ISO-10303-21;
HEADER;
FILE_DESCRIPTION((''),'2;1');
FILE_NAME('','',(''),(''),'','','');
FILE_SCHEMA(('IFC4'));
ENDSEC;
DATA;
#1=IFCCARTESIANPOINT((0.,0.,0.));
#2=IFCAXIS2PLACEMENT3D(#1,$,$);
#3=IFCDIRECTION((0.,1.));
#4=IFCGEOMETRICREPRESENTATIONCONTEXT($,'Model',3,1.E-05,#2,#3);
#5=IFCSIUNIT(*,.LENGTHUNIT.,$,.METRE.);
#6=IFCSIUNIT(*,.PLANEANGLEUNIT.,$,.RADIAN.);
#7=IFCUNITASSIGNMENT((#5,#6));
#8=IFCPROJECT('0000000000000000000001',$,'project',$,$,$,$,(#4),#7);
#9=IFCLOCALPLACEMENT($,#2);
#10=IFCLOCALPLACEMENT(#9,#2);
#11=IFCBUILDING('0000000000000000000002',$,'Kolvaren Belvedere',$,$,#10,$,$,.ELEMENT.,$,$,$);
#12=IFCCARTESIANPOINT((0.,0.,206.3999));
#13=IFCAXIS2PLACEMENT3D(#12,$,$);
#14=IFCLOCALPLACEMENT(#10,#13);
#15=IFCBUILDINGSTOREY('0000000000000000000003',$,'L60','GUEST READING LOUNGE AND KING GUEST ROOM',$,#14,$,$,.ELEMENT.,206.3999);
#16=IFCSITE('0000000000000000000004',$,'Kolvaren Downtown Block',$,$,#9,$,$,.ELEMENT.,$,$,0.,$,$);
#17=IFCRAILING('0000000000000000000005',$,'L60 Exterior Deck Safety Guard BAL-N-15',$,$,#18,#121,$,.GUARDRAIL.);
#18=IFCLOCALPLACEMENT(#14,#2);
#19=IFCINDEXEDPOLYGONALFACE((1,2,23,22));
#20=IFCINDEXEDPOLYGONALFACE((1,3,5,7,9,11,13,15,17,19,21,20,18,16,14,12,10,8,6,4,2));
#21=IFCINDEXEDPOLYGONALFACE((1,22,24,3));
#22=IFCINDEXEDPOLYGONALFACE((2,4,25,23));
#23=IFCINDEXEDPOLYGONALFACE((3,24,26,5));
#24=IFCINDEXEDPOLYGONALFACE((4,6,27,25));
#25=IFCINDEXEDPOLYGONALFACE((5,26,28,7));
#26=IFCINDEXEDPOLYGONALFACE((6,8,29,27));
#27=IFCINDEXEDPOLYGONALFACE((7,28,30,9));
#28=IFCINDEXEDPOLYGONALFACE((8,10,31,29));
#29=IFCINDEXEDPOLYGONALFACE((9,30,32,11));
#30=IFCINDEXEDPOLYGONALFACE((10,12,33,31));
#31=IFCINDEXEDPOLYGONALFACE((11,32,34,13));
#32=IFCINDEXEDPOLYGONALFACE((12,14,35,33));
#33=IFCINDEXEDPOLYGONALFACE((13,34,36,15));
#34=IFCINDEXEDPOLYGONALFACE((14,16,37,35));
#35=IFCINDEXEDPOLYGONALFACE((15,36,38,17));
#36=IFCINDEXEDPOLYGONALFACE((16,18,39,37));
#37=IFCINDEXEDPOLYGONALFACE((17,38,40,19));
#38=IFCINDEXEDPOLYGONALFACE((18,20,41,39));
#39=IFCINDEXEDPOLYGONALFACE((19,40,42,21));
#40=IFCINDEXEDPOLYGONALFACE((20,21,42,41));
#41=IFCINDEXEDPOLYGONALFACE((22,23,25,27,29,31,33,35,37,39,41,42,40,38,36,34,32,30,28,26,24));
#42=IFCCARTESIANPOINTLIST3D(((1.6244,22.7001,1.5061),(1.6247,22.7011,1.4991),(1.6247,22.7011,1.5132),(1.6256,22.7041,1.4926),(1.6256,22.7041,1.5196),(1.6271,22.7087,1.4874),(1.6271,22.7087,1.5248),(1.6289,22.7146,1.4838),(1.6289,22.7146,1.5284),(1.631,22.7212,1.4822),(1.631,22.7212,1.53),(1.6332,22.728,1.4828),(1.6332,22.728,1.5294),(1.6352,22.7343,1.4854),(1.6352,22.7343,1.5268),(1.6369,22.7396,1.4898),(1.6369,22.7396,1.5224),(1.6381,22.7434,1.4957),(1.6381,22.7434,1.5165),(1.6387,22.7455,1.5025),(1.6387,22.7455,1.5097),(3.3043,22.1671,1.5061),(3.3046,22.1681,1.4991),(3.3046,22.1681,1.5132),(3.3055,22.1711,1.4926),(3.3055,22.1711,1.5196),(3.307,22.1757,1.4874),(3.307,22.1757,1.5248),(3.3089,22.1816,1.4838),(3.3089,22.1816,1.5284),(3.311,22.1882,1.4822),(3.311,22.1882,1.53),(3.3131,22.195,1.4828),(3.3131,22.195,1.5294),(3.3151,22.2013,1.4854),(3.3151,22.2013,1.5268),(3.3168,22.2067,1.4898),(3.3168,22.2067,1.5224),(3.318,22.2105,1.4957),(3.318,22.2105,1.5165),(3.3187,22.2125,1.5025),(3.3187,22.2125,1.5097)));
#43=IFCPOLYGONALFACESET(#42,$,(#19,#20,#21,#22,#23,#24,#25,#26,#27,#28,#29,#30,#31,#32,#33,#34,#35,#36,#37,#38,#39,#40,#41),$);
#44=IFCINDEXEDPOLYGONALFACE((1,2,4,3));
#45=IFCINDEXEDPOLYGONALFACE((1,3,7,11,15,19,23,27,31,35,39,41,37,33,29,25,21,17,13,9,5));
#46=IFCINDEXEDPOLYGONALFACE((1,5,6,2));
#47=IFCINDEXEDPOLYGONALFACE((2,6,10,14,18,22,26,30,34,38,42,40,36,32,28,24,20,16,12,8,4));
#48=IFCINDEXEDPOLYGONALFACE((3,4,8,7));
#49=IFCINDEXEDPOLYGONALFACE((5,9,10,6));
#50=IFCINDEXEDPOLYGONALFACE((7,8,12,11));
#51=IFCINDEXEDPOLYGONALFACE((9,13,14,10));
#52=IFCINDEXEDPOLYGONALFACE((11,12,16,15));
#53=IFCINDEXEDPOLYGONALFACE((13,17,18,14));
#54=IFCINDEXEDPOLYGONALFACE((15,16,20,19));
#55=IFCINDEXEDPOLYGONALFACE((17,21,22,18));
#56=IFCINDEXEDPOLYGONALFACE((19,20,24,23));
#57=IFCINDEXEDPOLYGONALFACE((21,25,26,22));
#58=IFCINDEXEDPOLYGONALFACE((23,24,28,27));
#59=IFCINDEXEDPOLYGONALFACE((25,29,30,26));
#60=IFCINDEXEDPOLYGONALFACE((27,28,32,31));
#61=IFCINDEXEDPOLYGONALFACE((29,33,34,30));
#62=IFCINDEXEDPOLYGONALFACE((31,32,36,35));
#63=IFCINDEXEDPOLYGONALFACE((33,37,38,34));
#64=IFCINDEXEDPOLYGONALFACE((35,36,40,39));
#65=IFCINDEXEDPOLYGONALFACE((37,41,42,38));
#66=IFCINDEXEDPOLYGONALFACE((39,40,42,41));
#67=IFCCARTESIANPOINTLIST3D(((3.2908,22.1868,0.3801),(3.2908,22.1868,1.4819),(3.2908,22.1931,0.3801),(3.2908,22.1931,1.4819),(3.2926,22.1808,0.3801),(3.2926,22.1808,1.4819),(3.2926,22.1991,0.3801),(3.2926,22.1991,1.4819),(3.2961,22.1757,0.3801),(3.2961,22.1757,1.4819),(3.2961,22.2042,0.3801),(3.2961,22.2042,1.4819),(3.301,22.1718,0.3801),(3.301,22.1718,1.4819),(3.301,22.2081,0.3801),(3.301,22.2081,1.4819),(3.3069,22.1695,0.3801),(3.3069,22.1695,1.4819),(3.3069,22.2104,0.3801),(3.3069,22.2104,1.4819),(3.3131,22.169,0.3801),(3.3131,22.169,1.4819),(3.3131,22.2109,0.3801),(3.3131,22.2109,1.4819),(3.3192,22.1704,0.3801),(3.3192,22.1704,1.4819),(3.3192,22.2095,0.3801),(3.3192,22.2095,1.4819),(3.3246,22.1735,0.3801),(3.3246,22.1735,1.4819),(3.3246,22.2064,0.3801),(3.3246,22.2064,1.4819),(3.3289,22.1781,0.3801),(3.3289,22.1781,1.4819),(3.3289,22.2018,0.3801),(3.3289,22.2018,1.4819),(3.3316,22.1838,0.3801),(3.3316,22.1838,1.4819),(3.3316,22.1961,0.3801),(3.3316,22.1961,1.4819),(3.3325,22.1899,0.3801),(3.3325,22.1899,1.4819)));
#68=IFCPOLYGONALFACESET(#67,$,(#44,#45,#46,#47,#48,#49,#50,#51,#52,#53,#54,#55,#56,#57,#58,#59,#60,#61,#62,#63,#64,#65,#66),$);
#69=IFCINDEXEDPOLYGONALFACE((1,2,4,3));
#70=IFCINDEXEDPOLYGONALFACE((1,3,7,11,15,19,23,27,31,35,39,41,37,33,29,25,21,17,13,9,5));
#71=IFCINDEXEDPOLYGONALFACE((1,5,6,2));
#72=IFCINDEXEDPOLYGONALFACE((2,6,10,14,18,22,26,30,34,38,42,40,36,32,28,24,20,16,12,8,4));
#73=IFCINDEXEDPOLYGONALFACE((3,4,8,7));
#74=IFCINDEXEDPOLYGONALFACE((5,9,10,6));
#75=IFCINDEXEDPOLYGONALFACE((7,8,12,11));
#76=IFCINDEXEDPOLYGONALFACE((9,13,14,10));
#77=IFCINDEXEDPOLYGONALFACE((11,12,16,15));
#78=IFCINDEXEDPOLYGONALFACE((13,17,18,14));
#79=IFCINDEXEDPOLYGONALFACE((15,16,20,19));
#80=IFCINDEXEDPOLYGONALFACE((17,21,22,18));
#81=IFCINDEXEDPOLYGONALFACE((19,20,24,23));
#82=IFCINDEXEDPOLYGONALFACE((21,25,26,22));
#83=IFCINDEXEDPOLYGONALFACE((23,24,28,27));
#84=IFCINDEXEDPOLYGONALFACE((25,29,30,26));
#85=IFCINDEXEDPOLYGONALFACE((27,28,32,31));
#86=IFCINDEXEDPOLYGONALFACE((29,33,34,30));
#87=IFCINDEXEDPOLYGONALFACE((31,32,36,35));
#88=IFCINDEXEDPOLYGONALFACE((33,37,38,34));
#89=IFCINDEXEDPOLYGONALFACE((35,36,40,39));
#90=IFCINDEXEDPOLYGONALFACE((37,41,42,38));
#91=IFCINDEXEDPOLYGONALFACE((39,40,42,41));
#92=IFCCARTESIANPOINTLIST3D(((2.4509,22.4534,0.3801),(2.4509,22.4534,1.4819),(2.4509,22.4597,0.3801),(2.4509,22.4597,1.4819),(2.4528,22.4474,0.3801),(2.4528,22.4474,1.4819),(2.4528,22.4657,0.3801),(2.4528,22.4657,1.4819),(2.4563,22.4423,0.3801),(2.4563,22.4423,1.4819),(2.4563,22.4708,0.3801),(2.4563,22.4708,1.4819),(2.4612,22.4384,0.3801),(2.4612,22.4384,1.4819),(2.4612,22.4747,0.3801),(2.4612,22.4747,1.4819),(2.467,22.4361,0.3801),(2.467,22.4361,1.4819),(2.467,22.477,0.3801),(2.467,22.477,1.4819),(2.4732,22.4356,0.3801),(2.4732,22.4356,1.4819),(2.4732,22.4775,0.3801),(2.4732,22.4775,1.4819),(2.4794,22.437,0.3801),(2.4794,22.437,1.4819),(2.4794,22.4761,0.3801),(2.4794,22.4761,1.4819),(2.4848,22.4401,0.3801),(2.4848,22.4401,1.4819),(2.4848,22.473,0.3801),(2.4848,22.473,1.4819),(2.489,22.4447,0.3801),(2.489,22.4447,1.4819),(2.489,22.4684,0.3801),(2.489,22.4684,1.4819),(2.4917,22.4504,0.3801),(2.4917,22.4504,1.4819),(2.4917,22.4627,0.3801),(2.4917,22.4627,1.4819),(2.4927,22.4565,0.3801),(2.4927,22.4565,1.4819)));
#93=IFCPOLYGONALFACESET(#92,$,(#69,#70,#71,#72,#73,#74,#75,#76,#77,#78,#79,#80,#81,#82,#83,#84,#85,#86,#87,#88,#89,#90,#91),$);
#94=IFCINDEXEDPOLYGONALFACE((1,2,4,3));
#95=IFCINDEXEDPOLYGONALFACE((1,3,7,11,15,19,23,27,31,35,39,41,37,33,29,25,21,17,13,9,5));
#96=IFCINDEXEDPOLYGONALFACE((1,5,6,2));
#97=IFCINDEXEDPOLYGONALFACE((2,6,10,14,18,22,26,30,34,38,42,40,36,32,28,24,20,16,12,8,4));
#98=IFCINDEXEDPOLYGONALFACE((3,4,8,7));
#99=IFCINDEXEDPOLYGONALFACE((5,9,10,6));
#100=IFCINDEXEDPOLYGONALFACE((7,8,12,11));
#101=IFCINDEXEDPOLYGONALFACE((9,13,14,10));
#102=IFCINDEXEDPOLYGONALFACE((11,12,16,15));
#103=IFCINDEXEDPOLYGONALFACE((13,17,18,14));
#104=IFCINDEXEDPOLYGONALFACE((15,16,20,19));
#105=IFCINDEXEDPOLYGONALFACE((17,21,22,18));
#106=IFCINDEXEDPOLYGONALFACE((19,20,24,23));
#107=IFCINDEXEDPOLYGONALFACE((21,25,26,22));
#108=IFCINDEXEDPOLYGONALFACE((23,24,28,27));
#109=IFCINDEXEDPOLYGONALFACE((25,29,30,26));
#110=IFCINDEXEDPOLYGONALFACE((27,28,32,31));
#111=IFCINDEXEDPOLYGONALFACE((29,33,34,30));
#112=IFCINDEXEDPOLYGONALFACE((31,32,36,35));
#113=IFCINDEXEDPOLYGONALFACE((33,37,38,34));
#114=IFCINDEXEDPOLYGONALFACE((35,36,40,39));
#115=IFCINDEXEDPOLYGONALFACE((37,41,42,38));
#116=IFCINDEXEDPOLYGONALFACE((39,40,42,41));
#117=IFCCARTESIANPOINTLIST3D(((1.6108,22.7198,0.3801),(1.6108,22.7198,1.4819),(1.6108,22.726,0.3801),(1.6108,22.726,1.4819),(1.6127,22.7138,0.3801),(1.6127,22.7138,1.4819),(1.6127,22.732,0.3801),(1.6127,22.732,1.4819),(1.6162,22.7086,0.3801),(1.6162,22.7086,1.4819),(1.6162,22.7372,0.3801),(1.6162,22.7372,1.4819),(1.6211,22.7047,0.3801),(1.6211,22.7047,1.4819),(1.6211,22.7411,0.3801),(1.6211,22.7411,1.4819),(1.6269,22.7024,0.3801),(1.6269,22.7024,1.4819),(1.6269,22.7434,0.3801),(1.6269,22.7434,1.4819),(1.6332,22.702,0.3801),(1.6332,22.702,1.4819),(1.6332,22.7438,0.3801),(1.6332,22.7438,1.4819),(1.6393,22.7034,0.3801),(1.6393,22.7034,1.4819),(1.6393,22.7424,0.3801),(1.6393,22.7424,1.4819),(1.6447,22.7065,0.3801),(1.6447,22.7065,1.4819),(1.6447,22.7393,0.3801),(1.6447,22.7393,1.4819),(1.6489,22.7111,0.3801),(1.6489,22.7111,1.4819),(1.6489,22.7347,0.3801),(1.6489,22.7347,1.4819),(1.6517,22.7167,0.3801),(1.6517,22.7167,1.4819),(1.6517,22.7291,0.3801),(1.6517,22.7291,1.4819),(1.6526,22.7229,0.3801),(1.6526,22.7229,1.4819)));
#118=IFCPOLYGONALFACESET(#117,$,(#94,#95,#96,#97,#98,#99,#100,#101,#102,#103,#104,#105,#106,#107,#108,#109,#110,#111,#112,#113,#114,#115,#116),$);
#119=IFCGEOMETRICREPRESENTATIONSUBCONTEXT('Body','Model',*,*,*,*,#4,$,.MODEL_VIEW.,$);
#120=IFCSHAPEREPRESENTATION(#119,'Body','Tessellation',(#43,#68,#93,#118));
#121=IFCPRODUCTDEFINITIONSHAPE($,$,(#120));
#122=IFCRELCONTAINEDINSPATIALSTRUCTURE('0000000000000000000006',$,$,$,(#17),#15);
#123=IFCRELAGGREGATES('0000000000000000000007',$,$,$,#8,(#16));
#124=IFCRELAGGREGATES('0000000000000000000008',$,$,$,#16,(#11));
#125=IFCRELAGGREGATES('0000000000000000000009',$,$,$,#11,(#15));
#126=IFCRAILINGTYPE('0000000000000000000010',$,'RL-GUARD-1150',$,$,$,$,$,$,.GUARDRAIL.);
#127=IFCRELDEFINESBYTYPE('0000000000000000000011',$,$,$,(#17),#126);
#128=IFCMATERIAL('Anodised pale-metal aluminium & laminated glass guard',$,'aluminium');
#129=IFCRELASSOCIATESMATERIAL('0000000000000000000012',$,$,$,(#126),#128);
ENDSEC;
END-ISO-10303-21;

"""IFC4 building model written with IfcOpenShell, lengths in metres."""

from ifc_helpers import new_model, si_unit, direction, frame, origin, origin_2d, place, context, subcontext, project, spatial, circle, extrude, material, type_object, element, save


model = new_model("IFC4")

# Units and contexts
model_context = context("Model", 3, precision=1e-05, world=origin(), true_north=direction((0.0, 1.0)))
body_context = subcontext(model_context, "Body", "Model", "MODEL_VIEW")
ifc_project = project(units=[si_unit("LENGTHUNIT", "METRE"), si_unit("PLANEANGLEUNIT", "RADIAN")], contexts=[model_context])

# Site, building, storey
site_placement = place(None, origin())
site = spatial("IfcSite", under=ifc_project, at=site_placement, Name="Kolvaren Downtown Block", CompositionType="ELEMENT", RefElevation=0.0)
building_placement = place(site_placement, origin())
building = spatial("IfcBuilding", under=site, at=building_placement, Name="Kolvaren Belvedere", CompositionType="ELEMENT")
storey_placement = place(building_placement, frame((0.0, 0.0, 206.3999)))
storey = spatial("IfcBuildingStorey", under=building, at=storey_placement, Name="L60", Description="GUEST READING LOUNGE AND KING GUEST ROOM", CompositionType="ELEMENT", Elevation=206.3999)

# Railing
ifc_material_1 = material(Name="Anodised pale-metal aluminium & laminated glass guard", Category="aluminium")
railing_type = type_object("IfcRailingType", Name="RL-GUARD-1150", PredefinedType="GUARDRAIL", material=ifc_material_1)
railing_1_placement = place(storey_placement, frame((3.3115, 22.1899, 0.3801)))
element("IfcRailing", 1, at=railing_1_placement, inside=storey, type_object=railing_type, Name="L60 Exterior Deck Safety Guard BAL-N-15", PredefinedType="GUARDRAIL", context=body_context, shape_type="SweptSolid", body=[
    extrude(circle(Radius=0.0239, at=origin_2d()), frame((0.0, 0.0, 1.126), z_axis=(-0.953182, 0.302397, 0.0), x_axis=(-0.302397, -0.953182, 0.0)), (0.0, 0.0, 1.0), 1.7625),
    extrude(circle(Radius=0.021, at=origin_2d()), origin(), (0.0, 0.0, 1.0), 1.1018),
    extrude(circle(Radius=0.021, at=origin_2d()), frame((-0.8398, 0.2666, 0.0)), (0.0, 0.0, 1.0), 1.1018),
    extrude(circle(Radius=0.021, at=origin_2d()), frame((-1.6799, 0.533, 0.0)), (0.0, 0.0, 1.0), 1.1018),
])

save(model, "model.ifc")
